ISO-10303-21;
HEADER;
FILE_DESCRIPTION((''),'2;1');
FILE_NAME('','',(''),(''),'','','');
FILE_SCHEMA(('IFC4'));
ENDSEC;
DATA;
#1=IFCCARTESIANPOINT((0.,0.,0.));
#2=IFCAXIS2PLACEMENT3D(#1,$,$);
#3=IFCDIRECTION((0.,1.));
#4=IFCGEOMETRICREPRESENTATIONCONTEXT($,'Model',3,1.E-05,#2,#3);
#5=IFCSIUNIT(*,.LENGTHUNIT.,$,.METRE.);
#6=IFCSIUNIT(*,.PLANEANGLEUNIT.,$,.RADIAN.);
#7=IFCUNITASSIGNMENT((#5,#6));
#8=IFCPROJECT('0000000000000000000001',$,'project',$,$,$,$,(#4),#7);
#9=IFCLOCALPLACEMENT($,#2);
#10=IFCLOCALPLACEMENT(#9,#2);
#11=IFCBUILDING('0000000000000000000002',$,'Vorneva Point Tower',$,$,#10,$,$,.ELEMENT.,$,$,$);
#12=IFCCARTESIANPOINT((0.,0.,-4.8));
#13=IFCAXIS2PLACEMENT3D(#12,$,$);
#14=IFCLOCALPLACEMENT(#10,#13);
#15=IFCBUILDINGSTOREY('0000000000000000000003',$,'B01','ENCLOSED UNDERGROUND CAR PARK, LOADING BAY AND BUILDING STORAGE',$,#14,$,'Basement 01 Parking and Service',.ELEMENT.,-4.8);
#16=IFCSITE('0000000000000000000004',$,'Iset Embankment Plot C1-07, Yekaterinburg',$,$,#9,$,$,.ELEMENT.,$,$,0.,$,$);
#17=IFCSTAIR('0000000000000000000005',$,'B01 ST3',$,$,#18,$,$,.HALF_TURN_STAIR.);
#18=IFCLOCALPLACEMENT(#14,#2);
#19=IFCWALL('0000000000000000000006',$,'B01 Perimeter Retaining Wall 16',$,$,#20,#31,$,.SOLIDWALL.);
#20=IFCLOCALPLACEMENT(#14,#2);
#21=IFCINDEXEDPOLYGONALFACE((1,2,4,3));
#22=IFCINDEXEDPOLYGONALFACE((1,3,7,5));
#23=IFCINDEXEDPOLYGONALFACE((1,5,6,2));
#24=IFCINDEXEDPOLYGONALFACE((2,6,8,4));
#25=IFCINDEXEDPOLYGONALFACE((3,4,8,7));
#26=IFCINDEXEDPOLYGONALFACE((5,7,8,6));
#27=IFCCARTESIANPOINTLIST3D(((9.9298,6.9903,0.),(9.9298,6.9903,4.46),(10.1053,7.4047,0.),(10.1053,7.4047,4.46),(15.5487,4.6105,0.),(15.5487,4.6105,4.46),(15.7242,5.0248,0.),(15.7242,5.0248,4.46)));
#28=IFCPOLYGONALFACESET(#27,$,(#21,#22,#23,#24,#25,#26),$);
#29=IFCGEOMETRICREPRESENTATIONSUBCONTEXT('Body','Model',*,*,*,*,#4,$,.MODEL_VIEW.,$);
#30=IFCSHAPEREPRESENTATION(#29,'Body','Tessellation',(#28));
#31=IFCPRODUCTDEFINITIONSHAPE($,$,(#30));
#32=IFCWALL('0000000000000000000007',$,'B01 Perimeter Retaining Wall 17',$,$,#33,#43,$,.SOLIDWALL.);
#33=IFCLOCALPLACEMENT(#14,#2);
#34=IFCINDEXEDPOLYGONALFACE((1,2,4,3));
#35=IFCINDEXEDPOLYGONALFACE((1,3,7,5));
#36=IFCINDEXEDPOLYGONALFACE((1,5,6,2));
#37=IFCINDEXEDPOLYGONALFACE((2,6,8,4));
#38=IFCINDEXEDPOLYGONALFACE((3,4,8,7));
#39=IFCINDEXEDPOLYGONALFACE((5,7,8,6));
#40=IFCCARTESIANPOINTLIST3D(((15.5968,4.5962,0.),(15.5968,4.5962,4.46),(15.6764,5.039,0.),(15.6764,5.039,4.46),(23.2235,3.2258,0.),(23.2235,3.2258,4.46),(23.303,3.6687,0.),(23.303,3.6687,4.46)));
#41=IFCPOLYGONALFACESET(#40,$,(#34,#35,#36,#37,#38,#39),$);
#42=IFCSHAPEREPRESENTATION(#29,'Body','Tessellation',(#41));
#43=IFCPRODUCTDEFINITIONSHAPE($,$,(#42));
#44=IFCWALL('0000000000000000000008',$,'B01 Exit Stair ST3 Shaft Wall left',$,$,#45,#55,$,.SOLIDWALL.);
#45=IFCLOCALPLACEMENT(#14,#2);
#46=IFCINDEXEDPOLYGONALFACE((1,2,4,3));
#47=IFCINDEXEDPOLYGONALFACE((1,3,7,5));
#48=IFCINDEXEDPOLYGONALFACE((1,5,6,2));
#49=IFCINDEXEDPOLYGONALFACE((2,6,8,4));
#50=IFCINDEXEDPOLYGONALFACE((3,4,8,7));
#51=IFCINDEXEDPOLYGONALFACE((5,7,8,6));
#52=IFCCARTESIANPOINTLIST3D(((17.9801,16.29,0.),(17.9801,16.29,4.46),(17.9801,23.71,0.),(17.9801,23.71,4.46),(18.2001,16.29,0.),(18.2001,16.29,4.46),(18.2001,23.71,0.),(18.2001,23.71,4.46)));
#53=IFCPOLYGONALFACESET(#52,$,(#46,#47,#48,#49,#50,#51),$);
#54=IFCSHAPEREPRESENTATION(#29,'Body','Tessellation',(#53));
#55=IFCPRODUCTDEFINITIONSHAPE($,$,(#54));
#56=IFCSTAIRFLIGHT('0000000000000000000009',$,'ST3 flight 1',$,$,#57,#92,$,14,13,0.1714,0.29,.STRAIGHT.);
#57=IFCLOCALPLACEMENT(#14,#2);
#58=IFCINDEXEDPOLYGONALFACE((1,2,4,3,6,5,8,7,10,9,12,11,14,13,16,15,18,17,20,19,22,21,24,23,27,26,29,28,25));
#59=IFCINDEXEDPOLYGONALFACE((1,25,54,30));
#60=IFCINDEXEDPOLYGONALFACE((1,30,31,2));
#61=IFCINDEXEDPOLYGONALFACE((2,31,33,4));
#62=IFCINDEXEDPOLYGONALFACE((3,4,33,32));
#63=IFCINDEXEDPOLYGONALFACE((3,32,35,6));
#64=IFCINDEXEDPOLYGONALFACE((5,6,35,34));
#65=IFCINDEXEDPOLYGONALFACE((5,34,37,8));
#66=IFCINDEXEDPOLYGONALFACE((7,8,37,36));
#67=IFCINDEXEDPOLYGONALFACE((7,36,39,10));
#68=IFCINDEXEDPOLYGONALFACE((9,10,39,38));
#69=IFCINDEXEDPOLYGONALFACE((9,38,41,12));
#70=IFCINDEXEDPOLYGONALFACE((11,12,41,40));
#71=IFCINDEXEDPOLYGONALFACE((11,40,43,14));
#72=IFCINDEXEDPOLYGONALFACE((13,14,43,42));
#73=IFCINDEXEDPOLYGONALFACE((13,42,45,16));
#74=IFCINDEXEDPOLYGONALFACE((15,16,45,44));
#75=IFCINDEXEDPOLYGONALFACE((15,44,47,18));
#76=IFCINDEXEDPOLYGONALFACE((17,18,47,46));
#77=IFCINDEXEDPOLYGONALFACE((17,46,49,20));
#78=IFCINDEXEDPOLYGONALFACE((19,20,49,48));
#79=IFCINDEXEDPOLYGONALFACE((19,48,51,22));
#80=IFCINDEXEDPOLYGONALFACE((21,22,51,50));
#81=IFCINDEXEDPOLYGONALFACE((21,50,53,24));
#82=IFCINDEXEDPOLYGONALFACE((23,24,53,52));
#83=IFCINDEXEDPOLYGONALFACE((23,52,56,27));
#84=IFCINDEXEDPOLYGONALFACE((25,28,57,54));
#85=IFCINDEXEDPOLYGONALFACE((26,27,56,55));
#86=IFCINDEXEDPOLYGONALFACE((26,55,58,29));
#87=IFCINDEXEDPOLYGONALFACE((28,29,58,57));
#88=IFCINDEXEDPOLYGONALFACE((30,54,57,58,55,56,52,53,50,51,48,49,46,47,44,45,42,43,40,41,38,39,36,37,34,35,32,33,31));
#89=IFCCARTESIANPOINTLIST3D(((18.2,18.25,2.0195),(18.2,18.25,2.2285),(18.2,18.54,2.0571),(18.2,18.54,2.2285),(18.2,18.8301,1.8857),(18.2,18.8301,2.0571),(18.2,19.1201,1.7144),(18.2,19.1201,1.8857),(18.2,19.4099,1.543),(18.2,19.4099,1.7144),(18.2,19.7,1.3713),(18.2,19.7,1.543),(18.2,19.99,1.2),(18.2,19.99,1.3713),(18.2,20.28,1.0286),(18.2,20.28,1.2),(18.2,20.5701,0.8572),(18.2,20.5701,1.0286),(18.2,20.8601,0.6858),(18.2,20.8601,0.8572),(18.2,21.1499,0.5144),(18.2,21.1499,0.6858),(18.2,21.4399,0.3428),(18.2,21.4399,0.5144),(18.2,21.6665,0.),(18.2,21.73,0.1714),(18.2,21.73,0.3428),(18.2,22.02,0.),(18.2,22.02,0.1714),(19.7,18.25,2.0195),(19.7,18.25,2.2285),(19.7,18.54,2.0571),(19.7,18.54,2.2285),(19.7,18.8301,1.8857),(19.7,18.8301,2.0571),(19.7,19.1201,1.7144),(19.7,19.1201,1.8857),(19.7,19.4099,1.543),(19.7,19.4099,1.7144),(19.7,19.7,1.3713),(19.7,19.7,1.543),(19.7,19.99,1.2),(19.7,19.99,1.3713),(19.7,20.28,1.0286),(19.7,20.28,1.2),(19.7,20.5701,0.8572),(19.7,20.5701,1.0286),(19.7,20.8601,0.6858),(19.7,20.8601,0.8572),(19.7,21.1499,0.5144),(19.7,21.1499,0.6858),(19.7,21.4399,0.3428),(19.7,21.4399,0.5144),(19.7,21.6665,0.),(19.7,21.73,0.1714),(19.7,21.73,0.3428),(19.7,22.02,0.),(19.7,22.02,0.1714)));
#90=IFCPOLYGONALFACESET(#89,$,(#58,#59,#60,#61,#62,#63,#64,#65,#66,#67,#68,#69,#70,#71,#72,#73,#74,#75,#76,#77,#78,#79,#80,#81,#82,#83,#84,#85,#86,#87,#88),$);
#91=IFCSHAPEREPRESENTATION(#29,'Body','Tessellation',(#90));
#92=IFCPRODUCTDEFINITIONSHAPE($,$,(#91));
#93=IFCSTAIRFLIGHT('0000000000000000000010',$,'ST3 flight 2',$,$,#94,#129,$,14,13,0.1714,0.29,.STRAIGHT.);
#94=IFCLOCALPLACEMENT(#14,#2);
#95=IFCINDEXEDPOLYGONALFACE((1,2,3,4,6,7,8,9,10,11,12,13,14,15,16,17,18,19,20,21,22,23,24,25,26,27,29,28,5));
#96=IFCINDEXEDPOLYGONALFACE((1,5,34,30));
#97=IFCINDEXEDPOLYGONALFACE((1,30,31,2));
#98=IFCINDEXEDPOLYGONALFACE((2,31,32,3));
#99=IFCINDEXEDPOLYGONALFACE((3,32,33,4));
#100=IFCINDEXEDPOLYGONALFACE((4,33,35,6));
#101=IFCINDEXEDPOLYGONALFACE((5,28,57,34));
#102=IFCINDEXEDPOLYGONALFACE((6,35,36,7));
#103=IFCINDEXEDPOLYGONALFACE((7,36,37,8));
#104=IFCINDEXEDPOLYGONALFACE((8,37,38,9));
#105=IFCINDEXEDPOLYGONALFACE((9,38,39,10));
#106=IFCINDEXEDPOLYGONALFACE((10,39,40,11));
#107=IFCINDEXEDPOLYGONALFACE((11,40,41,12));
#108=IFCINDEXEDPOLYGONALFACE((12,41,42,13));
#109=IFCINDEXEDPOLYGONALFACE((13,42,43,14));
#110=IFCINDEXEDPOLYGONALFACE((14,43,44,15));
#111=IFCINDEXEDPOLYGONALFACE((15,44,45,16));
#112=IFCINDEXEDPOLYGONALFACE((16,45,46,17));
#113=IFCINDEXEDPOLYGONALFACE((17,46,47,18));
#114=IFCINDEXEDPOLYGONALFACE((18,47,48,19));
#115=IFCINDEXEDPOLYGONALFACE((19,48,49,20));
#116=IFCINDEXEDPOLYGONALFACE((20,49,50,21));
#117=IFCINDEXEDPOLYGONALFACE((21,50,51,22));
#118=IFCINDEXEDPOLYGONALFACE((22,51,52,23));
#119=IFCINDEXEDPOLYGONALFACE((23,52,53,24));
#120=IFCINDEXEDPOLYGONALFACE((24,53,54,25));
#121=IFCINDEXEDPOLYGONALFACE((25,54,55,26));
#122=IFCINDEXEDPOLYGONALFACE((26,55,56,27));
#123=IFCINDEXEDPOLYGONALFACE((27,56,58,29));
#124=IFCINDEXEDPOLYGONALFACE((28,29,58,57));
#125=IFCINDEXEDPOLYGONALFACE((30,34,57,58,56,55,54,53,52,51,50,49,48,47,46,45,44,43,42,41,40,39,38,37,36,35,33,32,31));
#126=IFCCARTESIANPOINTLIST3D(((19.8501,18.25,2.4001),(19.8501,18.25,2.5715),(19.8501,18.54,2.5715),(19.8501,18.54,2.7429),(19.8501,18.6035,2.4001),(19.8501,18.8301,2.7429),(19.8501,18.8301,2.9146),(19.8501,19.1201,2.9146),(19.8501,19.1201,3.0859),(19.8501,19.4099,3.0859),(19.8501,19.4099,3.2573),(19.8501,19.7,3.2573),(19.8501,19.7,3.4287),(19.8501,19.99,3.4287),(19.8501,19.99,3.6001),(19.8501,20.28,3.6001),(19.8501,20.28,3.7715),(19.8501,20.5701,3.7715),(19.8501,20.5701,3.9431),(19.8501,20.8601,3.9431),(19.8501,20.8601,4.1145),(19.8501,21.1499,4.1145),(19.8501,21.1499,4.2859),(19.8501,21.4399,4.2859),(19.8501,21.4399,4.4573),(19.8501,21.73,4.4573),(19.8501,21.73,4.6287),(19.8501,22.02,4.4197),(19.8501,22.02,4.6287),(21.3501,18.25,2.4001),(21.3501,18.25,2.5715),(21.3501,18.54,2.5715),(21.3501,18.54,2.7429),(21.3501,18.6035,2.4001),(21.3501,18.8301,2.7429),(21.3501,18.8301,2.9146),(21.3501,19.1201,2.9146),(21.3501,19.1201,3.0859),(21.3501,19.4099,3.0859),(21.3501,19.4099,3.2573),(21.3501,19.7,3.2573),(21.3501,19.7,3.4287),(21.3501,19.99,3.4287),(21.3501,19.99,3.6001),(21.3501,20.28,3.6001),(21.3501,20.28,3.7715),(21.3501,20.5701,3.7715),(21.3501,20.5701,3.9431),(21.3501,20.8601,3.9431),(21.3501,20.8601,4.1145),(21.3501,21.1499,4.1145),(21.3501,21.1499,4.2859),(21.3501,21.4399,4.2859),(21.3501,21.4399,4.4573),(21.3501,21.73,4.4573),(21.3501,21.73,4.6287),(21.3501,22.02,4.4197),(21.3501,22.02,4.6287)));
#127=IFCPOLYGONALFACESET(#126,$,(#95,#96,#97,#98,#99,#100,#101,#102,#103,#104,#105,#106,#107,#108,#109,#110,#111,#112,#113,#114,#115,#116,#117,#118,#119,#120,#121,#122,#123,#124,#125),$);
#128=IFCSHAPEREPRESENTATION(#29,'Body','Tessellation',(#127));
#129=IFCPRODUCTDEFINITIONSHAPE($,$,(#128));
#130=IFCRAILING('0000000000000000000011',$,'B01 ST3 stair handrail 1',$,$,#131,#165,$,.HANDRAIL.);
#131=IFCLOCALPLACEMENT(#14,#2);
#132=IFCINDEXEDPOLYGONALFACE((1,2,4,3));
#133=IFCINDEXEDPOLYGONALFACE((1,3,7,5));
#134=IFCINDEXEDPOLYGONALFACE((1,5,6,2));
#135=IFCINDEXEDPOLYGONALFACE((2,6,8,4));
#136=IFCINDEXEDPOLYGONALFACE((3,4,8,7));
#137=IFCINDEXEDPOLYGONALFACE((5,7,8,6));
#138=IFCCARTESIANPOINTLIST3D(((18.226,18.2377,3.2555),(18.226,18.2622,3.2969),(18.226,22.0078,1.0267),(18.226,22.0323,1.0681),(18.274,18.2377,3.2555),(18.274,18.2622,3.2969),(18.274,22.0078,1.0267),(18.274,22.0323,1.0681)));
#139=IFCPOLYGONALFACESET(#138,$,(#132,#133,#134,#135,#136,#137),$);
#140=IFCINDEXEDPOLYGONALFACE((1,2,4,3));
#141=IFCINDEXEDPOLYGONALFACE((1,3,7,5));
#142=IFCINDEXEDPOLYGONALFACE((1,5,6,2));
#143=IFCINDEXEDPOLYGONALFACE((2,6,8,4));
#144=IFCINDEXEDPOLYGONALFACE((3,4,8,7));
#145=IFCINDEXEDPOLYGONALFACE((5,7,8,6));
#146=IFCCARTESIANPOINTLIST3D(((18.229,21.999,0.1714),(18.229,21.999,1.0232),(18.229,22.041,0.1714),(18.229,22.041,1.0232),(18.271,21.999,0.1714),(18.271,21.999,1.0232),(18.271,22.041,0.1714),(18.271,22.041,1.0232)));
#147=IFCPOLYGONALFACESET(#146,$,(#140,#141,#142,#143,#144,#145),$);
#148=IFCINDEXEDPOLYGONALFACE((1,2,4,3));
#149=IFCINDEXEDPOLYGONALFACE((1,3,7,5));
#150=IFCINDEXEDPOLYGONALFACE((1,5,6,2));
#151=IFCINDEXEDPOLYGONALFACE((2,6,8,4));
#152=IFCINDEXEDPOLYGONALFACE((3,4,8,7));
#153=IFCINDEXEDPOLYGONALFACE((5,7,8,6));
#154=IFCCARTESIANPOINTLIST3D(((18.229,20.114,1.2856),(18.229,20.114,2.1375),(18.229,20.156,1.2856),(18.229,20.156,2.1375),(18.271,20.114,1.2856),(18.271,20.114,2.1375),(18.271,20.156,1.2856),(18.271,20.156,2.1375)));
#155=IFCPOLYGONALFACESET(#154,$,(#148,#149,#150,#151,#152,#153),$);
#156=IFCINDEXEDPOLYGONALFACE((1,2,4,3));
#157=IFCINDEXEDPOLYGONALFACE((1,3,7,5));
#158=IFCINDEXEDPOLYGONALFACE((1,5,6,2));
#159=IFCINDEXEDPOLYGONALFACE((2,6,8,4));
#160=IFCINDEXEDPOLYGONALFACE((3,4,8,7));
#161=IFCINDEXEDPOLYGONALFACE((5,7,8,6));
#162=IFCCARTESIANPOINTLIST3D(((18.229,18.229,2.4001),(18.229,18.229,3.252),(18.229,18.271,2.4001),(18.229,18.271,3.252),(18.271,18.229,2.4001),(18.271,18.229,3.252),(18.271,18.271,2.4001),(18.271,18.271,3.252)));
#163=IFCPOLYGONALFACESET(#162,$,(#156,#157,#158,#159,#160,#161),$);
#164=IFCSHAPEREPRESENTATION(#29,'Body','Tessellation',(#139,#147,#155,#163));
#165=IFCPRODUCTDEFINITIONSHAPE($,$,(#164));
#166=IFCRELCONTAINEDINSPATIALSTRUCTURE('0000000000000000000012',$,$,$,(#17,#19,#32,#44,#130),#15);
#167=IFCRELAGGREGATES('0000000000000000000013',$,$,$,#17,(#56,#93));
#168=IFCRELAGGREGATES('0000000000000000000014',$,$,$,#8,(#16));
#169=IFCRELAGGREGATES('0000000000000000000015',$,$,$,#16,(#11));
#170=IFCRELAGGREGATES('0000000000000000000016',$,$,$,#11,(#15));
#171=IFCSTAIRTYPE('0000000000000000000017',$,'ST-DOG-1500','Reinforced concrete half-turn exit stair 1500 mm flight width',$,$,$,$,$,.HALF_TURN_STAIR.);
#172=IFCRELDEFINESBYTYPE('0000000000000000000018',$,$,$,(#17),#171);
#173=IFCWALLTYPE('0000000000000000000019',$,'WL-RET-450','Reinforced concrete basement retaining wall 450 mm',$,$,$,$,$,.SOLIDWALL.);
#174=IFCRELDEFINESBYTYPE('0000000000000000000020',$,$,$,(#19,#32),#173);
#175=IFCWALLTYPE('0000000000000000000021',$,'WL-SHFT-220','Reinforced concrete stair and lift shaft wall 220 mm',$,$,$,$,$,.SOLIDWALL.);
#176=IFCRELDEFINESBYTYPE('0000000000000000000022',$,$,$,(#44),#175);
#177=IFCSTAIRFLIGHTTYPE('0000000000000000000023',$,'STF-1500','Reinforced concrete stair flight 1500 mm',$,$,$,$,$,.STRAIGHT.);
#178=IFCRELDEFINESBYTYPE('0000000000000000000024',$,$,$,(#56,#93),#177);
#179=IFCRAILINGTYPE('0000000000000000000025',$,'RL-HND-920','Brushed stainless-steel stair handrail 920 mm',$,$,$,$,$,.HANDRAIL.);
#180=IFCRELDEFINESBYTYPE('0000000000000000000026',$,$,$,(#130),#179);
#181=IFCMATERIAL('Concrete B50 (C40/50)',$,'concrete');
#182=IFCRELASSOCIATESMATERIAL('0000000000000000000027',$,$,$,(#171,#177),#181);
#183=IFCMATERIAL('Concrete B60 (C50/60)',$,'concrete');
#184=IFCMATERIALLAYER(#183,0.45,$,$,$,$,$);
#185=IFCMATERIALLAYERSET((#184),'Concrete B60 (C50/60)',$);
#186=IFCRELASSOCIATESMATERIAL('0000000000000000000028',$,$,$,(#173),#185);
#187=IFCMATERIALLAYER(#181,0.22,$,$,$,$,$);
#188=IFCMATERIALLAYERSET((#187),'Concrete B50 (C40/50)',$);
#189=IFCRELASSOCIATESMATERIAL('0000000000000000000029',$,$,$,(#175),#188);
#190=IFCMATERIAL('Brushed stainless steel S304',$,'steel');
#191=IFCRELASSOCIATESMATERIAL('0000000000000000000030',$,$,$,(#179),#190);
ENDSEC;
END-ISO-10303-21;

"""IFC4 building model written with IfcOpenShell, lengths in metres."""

from ifc_helpers import new_model, si_unit, direction, frame, frame_2d, origin, origin_2d, place, context, subcontext, project, spatial, polyline, rectangle, outline, extrude, material, layer, layer_set, type_object, element, aggregate, save


model = new_model("IFC4")

# Units and contexts
model_context = context("Model", 3, precision=1e-05, world=origin(), true_north=direction((0.0, 1.0)))
body_context = subcontext(model_context, "Body", "Model", "MODEL_VIEW")
ifc_project = project(units=[si_unit("LENGTHUNIT", "METRE"), si_unit("PLANEANGLEUNIT", "RADIAN")], contexts=[model_context])

# Site, building, storey
site_placement = place(None, origin())
site = spatial("IfcSite", under=ifc_project, at=site_placement, Name="Iset Embankment Plot C1-07, Yekaterinburg", CompositionType="ELEMENT", RefElevation=0.0)
building_placement = place(site_placement, origin())
building = spatial("IfcBuilding", under=site, at=building_placement, Name="Vorneva Point Tower", CompositionType="ELEMENT")
storey_placement = place(building_placement, frame((0.0, 0.0, -4.8)))
storey = spatial("IfcBuildingStorey", under=building, at=storey_placement, Name="B01", Description="ENCLOSED UNDERGROUND CAR PARK, LOADING BAY AND BUILDING STORAGE", LongName="Basement 01 Parking and Service", CompositionType="ELEMENT", Elevation=-4.8)

# Shared definitions
ifc_material_1 = material(Name="Concrete B60 (C50/60)", Category="concrete")

# Shared definitions
ifc_material_2 = material(Name="Concrete B50 (C40/50)", Category="concrete")

# Stair
stair_type = type_object("IfcStairType", Name="ST-DOG-1500", Description="Reinforced concrete half-turn exit stair 1500 mm flight width", PredefinedType="HALF_TURN_STAIR", material=ifc_material_2)
stair_1_placement = place(storey_placement, origin())
stair_1 = element("IfcStair", 1, at=stair_1_placement, inside=storey, type_object=stair_type, Name="B01 ST3", PredefinedType="HALF_TURN_STAIR")

# Walls
ifc_layer_1 = layer(ifc_material_1, 0.45)
ifc_layer_set_1 = layer_set([ifc_layer_1], Name="Concrete B60 (C50/60)")
wall_type_1 = type_object("IfcWallType", Name="WL-RET-450", Description="Reinforced concrete basement retaining wall 450 mm", PredefinedType="SOLIDWALL", material=ifc_layer_set_1)
wall_1_placement = place(storey_placement, frame((10.0176, 7.1975, 0.0), z_axis=(0.0, 0.0, 1.0), x_axis=(0.920811, -0.390009, 0.0)))
element("IfcWall", 2, at=wall_1_placement, inside=storey, type_object=wall_type_1, Name="B01 Perimeter Retaining Wall 16", PredefinedType="SOLIDWALL", context=body_context, shape_type="SweptSolid", body=[
    extrude(rectangle(XDim=6.1021, YDim=0.45, at=frame_2d((3.051, 0.0))), origin(), (0.0, 0.0, 1.0), 4.46),
])
wall_2_placement = place(storey_placement, frame((15.6365, 4.8176, 0.0), z_axis=(0.0, 0.0, 1.0), x_axis=(0.984238, -0.176847, 0.0)))
element("IfcWall", 3, at=wall_2_placement, inside=storey, type_object=wall_type_1, Name="B01 Perimeter Retaining Wall 17", PredefinedType="SOLIDWALL", context=body_context, shape_type="SweptSolid", body=[
    extrude(rectangle(XDim=7.7488, YDim=0.45, at=frame_2d((3.8745, 0.0))), origin(), (0.0, 0.0, 1.0), 4.46),
])
ifc_layer_2 = layer(ifc_material_2, 0.22)
ifc_layer_set_2 = layer_set([ifc_layer_2], Name="Concrete B50 (C40/50)")
wall_type_2 = type_object("IfcWallType", Name="WL-SHFT-220", Description="Reinforced concrete stair and lift shaft wall 220 mm", PredefinedType="SOLIDWALL", material=ifc_layer_set_2)
wall_3_placement = place(storey_placement, frame((18.0901, 16.29, 0.0), z_axis=(0.0, 0.0, 1.0), x_axis=(0.0, 1.0, 0.0)))
element("IfcWall", 4, at=wall_3_placement, inside=storey, type_object=wall_type_2, Name="B01 Exit Stair ST3 Shaft Wall left", PredefinedType="SOLIDWALL", context=body_context, shape_type="SweptSolid", body=[
    extrude(rectangle(XDim=7.4199, YDim=0.22, at=frame_2d((3.71, 0.0))), origin(), (0.0, 0.0, 1.0), 4.46),
])

# Stair flights
stair_flight_type = type_object("IfcStairFlightType", Name="STF-1500", Description="Reinforced concrete stair flight 1500 mm", PredefinedType="STRAIGHT", material=ifc_material_2)
stair_flight_1_placement = place(storey_placement, frame((18.95, 22.02, 0.0), z_axis=(0.0, 0.0, 1.0), x_axis=(0.0, -1.0, 0.0)))
stair_flight_1 = element("IfcStairFlight", 5, at=stair_flight_1_placement, type_object=stair_flight_type, Name="ST3 flight 1", NumberOfRisers=14, NumberOfTreads=13, PredefinedType="STRAIGHT", RiserHeight=0.1714, TreadLength=0.29, context=body_context, shape_type="SweptSolid", body=[
    extrude(outline(polyline([(0.0, 0.0), (0.0, 0.1714), (0.29, 0.1714), (0.29, 0.3428), (0.5801, 0.3428), (0.5801, 0.5144), (0.8701, 0.5144), (0.8701, 0.6858), (1.1599, 0.6858), (1.1599, 0.8572), (1.45, 0.8572), (1.45, 1.0286), (1.74, 1.0286), (1.74, 1.2), (2.03, 1.2), (2.03, 1.3713), (2.3201, 1.3713), (2.3201, 1.543), (2.6101, 1.543), (2.6101, 1.7144), (2.8999, 1.7144), (2.8999, 1.8857), (3.1899, 1.8857), (3.1899, 2.0571), (3.48, 2.0571), (3.48, 2.2285), (3.77, 2.2285), (3.77, 2.3999), (3.77, 2.0195), (0.3535, 0.0), (0.0, 0.0)])), frame((0.0, 0.75, 0.0), z_axis=(0.0, -1.0, 0.0), x_axis=(1.0, 0.0, 0.0)), (0.0, 0.0, 1.0), 1.5),
])
stair_flight_2_placement = place(storey_placement, frame((20.6001, 18.25, 2.4001), z_axis=(0.0, 0.0, 1.0), x_axis=(0.0, 1.0, 0.0)))
stair_flight_2 = element("IfcStairFlight", 6, at=stair_flight_2_placement, type_object=stair_flight_type, Name="ST3 flight 2", NumberOfRisers=14, NumberOfTreads=13, PredefinedType="STRAIGHT", RiserHeight=0.1714, TreadLength=0.29, context=body_context, shape_type="SweptSolid", body=[
    extrude(outline(polyline([(0.0, 0.0), (0.0, 0.1714), (0.29, 0.1714), (0.29, 0.3428), (0.5801, 0.3428), (0.5801, 0.5144), (0.8701, 0.5144), (0.8701, 0.6858), (1.1599, 0.6858), (1.1599, 0.8572), (1.45, 0.8572), (1.45, 1.0286), (1.74, 1.0286), (1.74, 1.2), (2.03, 1.2), (2.03, 1.3713), (2.3201, 1.3713), (2.3201, 1.543), (2.6101, 1.543), (2.6101, 1.7144), (2.8999, 1.7144), (2.8999, 1.8857), (3.1899, 1.8857), (3.1899, 2.0571), (3.48, 2.0571), (3.48, 2.2285), (3.77, 2.2285), (3.77, 2.3999), (3.77, 2.0195), (0.3535, 0.0), (0.0, 0.0)])), frame((0.0, 0.75, 0.0), z_axis=(0.0, -1.0, 0.0), x_axis=(1.0, 0.0, 0.0)), (0.0, 0.0, 1.0), 1.5),
])
aggregate(stair_1, [stair_flight_1, stair_flight_2])

# Railing
ifc_material_3 = material(Name="Brushed stainless steel S304", Category="steel")
railing_type_1 = type_object("IfcRailingType", Name="RL-HND-920", Description="Brushed stainless-steel stair handrail 920 mm", PredefinedType="HANDRAIL", material=ifc_material_3)
railing_1_placement = place(storey_placement, frame((18.25, 22.02, 0.1714)))
element("IfcRailing", 7, at=railing_1_placement, inside=storey, type_object=railing_type_1, Name="B01 ST3 stair handrail 1", PredefinedType="HANDRAIL", context=body_context, shape_type="SweptSolid", body=[
    extrude(rectangle(XDim=0.0481, YDim=0.0481, at=origin_2d()), frame((0.0, 0.0, 0.876), z_axis=(0.0, -0.860824, 0.508902), x_axis=(1.0, 0.0, 0.0)), (0.0, 0.0, 1.0), 4.3796),
    extrude(rectangle(XDim=0.042, YDim=0.042, at=origin_2d()), origin(), (0.0, 0.0, 1.0), 0.8518),
    extrude(rectangle(XDim=0.042, YDim=0.042, at=origin_2d()), frame((0.0, -1.885, 1.1143)), (0.0, 0.0, 1.0), 0.8518),
    extrude(rectangle(XDim=0.042, YDim=0.042, at=origin_2d()), frame((0.0, -3.77, 2.2288)), (0.0, 0.0, 1.0), 0.8518),
])

save(model, "model.ifc")
